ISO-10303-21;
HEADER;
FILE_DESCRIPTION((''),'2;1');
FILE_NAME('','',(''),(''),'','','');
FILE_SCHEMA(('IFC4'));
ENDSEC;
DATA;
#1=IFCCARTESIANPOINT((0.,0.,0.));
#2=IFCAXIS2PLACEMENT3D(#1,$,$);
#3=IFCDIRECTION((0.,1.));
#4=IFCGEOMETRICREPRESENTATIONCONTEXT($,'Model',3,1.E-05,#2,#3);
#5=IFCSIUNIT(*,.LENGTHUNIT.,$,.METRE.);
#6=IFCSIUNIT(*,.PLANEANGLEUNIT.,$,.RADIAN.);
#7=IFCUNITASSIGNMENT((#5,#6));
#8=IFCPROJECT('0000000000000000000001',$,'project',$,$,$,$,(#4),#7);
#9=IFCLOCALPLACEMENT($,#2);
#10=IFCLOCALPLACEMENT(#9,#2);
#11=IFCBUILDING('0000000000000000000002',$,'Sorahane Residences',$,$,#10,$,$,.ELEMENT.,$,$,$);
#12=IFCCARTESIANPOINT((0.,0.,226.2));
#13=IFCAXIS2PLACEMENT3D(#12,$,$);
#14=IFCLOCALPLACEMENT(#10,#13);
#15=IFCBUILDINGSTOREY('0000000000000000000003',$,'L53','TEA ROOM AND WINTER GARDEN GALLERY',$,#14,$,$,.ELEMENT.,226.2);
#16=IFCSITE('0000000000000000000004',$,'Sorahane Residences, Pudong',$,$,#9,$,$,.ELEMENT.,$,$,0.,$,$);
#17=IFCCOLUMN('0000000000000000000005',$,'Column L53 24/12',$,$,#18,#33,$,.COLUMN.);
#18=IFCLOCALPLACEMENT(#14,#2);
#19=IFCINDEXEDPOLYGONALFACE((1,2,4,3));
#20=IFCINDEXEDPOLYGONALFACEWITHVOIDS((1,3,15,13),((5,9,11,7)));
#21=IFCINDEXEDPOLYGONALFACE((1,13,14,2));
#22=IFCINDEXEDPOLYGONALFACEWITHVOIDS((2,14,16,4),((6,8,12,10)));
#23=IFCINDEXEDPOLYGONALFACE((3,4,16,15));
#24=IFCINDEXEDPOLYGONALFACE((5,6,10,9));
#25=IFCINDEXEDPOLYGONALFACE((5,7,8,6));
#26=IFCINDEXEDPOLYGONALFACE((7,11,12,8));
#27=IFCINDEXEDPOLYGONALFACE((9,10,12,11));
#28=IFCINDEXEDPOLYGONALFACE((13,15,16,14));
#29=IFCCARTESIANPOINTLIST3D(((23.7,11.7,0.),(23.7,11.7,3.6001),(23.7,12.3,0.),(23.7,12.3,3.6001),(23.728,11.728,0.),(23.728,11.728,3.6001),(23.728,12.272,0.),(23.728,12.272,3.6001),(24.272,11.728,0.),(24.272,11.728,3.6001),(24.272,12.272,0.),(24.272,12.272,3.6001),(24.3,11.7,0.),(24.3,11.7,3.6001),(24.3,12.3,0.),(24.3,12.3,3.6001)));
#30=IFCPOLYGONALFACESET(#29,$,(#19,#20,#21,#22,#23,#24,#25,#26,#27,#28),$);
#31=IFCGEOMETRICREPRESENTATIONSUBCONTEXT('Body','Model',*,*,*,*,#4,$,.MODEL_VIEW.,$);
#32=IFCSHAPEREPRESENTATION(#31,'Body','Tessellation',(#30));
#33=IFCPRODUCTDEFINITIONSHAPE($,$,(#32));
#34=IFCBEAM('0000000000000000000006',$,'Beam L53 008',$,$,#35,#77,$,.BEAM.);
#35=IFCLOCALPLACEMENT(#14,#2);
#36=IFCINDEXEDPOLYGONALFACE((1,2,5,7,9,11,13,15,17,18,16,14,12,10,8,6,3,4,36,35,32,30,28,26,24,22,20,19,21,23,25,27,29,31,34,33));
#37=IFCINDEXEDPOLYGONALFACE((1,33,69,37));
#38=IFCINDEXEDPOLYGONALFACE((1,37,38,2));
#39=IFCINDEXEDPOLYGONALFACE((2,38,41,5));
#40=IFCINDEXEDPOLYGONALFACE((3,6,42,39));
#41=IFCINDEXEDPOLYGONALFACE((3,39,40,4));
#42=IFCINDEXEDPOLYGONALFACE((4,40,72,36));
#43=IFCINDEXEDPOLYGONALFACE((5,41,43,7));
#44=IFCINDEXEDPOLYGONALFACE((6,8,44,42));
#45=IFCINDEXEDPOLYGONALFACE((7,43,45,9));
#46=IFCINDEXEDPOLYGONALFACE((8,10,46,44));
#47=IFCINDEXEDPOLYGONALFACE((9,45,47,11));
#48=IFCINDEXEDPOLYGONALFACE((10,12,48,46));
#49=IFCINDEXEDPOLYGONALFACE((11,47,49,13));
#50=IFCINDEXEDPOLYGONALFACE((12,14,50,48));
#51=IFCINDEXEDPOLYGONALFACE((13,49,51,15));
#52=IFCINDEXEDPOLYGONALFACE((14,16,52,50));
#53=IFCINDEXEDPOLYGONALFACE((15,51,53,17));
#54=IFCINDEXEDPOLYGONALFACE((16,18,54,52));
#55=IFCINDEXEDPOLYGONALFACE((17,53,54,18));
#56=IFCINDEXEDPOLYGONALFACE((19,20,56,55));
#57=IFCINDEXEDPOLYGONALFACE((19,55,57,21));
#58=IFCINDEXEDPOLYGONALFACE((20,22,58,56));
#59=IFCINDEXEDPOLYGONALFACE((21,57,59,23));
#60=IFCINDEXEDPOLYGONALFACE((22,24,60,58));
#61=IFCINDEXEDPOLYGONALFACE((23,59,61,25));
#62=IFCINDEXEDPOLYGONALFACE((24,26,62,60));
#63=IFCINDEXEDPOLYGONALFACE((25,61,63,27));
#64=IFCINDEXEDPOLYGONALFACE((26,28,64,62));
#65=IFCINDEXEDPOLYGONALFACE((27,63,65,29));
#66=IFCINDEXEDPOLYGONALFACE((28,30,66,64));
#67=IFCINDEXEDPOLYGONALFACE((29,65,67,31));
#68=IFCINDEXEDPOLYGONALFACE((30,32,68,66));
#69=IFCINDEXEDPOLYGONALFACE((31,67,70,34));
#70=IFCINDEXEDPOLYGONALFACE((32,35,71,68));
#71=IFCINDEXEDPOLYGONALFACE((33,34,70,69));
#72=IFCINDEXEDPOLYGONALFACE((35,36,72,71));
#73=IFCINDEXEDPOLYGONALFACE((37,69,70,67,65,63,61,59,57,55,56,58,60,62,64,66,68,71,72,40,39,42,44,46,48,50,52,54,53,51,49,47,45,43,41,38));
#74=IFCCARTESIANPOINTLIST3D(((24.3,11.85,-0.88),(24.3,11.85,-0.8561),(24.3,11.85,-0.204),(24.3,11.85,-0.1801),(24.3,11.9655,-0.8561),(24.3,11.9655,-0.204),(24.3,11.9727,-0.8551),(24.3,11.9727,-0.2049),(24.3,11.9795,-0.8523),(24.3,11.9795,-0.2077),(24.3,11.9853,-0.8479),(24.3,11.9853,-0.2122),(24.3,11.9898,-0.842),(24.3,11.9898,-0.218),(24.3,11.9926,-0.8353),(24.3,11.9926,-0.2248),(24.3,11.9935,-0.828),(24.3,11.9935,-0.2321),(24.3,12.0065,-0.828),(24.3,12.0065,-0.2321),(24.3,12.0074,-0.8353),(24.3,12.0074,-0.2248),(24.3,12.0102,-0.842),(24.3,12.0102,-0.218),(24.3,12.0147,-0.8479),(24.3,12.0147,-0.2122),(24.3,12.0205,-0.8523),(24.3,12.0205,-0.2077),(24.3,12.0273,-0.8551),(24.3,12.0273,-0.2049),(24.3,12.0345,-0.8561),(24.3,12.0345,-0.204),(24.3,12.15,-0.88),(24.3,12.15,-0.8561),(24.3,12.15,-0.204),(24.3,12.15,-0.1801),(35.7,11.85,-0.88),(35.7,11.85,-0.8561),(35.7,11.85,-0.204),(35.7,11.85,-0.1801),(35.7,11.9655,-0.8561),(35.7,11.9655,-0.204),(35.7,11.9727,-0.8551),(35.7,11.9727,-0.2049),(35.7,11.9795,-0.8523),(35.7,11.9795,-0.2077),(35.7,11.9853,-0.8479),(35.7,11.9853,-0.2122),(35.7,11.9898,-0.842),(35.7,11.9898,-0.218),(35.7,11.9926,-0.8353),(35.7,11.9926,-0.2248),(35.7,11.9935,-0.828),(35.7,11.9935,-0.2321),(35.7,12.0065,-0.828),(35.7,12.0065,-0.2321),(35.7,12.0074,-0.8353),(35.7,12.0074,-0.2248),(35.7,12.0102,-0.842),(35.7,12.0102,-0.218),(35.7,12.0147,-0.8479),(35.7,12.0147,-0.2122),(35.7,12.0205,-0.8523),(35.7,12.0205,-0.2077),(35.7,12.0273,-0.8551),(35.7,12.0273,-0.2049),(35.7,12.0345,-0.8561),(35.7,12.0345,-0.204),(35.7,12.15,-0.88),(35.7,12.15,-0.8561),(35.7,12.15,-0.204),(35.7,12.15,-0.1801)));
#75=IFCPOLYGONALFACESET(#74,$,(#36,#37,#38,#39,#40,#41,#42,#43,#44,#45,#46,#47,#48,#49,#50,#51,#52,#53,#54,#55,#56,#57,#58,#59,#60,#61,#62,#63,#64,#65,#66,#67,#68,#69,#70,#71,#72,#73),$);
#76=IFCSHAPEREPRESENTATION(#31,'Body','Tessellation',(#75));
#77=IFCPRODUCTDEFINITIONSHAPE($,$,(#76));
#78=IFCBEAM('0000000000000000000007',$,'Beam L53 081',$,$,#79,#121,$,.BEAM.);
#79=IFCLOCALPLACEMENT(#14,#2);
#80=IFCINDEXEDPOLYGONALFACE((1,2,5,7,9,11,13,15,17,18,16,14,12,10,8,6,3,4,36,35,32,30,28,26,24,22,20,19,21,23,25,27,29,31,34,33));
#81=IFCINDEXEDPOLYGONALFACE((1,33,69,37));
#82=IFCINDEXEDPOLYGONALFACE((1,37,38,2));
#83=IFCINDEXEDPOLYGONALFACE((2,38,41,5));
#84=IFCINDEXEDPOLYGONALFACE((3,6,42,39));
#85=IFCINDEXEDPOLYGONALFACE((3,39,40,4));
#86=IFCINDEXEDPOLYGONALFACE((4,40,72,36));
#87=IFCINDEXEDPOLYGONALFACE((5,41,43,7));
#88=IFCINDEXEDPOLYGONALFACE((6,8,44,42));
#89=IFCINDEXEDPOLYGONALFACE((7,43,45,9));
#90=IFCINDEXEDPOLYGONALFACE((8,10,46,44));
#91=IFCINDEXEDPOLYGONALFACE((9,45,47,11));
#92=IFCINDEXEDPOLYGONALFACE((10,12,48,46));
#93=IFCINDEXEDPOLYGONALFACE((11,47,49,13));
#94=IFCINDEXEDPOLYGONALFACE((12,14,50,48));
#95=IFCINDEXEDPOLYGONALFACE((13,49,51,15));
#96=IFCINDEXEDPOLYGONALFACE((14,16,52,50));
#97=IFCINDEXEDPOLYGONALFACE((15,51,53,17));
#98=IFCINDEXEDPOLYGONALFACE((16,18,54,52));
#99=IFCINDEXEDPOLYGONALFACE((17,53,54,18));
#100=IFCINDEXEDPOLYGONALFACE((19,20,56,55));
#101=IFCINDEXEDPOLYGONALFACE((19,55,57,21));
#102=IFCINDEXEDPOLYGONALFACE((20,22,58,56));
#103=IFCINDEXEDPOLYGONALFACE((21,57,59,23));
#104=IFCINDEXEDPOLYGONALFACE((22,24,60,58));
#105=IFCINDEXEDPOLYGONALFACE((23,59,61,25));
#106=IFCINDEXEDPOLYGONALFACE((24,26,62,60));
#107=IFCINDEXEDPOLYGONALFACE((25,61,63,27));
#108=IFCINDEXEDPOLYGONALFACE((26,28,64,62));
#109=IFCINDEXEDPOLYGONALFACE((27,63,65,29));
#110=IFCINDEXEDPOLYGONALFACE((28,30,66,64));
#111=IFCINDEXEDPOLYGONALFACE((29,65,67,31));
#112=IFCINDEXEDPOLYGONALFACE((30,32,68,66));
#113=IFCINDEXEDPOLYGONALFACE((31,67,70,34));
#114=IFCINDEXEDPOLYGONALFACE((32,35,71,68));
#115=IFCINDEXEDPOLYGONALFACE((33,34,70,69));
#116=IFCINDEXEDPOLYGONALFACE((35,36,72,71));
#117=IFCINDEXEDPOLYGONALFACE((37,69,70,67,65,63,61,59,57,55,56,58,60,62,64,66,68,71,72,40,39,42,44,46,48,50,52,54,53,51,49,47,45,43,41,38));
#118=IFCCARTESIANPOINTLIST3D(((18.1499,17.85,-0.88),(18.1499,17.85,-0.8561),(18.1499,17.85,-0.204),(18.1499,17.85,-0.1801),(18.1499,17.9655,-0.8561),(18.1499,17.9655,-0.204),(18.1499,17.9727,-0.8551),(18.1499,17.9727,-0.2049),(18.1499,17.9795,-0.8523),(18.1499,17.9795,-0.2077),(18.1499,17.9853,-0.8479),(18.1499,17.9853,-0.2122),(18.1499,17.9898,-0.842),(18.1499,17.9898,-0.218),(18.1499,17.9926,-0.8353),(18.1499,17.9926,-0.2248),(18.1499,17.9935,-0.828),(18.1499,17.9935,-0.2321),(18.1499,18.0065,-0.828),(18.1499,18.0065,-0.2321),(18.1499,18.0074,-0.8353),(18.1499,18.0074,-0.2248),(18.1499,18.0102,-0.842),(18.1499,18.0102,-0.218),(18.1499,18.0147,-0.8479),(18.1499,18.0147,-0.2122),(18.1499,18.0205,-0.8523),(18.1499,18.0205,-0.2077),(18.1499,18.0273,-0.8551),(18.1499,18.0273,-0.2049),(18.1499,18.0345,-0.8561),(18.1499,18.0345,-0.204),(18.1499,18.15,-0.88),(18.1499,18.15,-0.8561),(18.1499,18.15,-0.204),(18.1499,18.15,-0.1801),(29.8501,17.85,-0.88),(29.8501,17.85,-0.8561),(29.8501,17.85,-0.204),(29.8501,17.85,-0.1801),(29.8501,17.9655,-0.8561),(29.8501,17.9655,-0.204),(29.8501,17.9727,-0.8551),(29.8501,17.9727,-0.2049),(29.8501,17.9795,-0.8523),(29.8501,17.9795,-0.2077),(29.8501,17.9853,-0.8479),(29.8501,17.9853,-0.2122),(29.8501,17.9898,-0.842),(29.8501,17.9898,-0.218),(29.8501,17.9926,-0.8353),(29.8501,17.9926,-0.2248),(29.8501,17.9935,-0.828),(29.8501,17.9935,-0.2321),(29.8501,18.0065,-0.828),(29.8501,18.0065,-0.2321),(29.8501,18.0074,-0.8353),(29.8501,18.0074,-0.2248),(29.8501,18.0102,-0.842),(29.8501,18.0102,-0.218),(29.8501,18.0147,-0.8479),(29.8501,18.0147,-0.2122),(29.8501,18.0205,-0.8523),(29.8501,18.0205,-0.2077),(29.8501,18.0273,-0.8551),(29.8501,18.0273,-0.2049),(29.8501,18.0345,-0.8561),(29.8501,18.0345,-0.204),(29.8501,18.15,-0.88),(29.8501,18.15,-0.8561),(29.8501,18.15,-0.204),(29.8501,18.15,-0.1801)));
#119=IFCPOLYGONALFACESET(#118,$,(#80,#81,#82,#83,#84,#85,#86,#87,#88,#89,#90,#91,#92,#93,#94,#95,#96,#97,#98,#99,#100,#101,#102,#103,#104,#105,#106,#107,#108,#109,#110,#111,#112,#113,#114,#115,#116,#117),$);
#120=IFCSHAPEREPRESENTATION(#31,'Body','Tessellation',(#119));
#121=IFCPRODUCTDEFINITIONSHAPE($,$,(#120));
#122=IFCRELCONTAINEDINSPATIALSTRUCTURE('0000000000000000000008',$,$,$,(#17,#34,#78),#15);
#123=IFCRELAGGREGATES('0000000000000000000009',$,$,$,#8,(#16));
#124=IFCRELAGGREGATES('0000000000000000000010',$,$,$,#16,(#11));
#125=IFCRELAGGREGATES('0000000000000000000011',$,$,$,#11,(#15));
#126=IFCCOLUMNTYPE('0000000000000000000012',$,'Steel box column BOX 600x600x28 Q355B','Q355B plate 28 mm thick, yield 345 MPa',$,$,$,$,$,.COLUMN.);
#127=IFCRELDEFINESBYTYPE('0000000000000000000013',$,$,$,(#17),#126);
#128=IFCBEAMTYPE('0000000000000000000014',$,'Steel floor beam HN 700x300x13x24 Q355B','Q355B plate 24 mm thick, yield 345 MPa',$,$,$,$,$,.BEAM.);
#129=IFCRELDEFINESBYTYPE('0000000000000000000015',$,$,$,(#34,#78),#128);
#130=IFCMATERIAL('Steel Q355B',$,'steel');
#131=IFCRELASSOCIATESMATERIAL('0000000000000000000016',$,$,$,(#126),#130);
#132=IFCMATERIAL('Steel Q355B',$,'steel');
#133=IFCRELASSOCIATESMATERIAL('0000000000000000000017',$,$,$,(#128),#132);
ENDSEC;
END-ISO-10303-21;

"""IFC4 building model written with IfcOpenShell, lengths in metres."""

from ifc_helpers import new_model, si_unit, direction, frame, origin, origin_2d, place, context, subcontext, project, spatial, hollow_rectangle, i_section, extrude, material, material_profile, profile_set, type_object, element, save


model = new_model("IFC4")

# Units and contexts
model_context = context("Model", 3, precision=1e-05, world=origin(), true_north=direction((0.0, 1.0)))
body_context = subcontext(model_context, "Body", "Model", "MODEL_VIEW")
ifc_project = project(units=[si_unit("LENGTHUNIT", "METRE"), si_unit("PLANEANGLEUNIT", "RADIAN")], contexts=[model_context])

# Site, building, storey
site_placement = place(None, origin())
site = spatial("IfcSite", under=ifc_project, at=site_placement, Name="Sorahane Residences, Pudong", CompositionType="ELEMENT", RefElevation=0.0)
building_placement = place(site_placement, origin())
building = spatial("IfcBuilding", under=site, at=building_placement, Name="Sorahane Residences", CompositionType="ELEMENT")
storey_placement = place(building_placement, frame((0.0, 0.0, 226.2)))
storey = spatial("IfcBuildingStorey", under=building, at=storey_placement, Name="L53", Description="TEA ROOM AND WINTER GARDEN GALLERY", CompositionType="ELEMENT", Elevation=226.2)

# Column
ifc_material_1 = material(Name="Steel Q355B", Category="steel")
ifc_material_profile_1 = material_profile(ifc_material_1, hollow_rectangle(XDim=0.6001, YDim=0.6001, WallThickness=0.0281, at=origin_2d()), Name="BOX 600x600x28")
ifc_profile_set_1 = profile_set([ifc_material_profile_1], Name="Steel Q355B")
column_type = type_object("IfcColumnType", Name="Steel box column BOX 600x600x28 Q355B", Description="Q355B plate 28 mm thick, yield 345 MPa", PredefinedType="COLUMN", material=ifc_profile_set_1)
column_placement = place(storey_placement, frame((24.0, 12.0, 0.0), z_axis=(0.0, 0.0, 1.0), x_axis=(1.0, 0.0, 0.0)))
element("IfcColumn", 1, at=column_placement, inside=storey, type_object=column_type, Name="Column L53 24/12", PredefinedType="COLUMN", context=body_context, shape_type="SweptSolid", body=[
    extrude(hollow_rectangle(XDim=0.6001, YDim=0.6001, WallThickness=0.0281, at=origin_2d()), origin(), (0.0, 0.0, 1.0), 3.6001),
])

# Beams
ifc_material_2 = material(Name="Steel Q355B", Category="steel")
ifc_material_profile_2 = material_profile(ifc_material_2, i_section(OverallWidth=0.3, OverallDepth=0.7, WebThickness=0.0129, FlangeThickness=0.0239, FilletRadius=0.0281, at=origin_2d()), Name="HN 700x300x13x24")
ifc_profile_set_2 = profile_set([ifc_material_profile_2], Name="Steel Q355B")
beam_type = type_object("IfcBeamType", Name="Steel floor beam HN 700x300x13x24 Q355B", Description="Q355B plate 24 mm thick, yield 345 MPa", PredefinedType="BEAM", material=ifc_profile_set_2)
beam_1_placement = place(storey_placement, frame((24.3, 12.0, -0.53), z_axis=(1.0, 0.0, 0.0), x_axis=(0.0, 1.0, 0.0)))
element("IfcBeam", 2, at=beam_1_placement, inside=storey, type_object=beam_type, Name="Beam L53 008", PredefinedType="BEAM", context=body_context, shape_type="SweptSolid", body=[
    extrude(i_section(OverallWidth=0.3, OverallDepth=0.7, WebThickness=0.0129, FlangeThickness=0.0239, FilletRadius=0.0281, at=origin_2d()), origin(), (0.0, 0.0, 1.0), 11.3999),
])
beam_2_placement = place(storey_placement, frame((18.1499, 18.0, -0.53), z_axis=(1.0, 0.0, 0.0), x_axis=(0.0, 1.0, 0.0)))
element("IfcBeam", 3, at=beam_2_placement, inside=storey, type_object=beam_type, Name="Beam L53 081", PredefinedType="BEAM", context=body_context, shape_type="SweptSolid", body=[
    extrude(i_section(OverallWidth=0.3, OverallDepth=0.7, WebThickness=0.0129, FlangeThickness=0.0239, FilletRadius=0.0281, at=origin_2d()), origin(), (0.0, 0.0, 1.0), 11.7002),
])

save(model, "model.ifc")
